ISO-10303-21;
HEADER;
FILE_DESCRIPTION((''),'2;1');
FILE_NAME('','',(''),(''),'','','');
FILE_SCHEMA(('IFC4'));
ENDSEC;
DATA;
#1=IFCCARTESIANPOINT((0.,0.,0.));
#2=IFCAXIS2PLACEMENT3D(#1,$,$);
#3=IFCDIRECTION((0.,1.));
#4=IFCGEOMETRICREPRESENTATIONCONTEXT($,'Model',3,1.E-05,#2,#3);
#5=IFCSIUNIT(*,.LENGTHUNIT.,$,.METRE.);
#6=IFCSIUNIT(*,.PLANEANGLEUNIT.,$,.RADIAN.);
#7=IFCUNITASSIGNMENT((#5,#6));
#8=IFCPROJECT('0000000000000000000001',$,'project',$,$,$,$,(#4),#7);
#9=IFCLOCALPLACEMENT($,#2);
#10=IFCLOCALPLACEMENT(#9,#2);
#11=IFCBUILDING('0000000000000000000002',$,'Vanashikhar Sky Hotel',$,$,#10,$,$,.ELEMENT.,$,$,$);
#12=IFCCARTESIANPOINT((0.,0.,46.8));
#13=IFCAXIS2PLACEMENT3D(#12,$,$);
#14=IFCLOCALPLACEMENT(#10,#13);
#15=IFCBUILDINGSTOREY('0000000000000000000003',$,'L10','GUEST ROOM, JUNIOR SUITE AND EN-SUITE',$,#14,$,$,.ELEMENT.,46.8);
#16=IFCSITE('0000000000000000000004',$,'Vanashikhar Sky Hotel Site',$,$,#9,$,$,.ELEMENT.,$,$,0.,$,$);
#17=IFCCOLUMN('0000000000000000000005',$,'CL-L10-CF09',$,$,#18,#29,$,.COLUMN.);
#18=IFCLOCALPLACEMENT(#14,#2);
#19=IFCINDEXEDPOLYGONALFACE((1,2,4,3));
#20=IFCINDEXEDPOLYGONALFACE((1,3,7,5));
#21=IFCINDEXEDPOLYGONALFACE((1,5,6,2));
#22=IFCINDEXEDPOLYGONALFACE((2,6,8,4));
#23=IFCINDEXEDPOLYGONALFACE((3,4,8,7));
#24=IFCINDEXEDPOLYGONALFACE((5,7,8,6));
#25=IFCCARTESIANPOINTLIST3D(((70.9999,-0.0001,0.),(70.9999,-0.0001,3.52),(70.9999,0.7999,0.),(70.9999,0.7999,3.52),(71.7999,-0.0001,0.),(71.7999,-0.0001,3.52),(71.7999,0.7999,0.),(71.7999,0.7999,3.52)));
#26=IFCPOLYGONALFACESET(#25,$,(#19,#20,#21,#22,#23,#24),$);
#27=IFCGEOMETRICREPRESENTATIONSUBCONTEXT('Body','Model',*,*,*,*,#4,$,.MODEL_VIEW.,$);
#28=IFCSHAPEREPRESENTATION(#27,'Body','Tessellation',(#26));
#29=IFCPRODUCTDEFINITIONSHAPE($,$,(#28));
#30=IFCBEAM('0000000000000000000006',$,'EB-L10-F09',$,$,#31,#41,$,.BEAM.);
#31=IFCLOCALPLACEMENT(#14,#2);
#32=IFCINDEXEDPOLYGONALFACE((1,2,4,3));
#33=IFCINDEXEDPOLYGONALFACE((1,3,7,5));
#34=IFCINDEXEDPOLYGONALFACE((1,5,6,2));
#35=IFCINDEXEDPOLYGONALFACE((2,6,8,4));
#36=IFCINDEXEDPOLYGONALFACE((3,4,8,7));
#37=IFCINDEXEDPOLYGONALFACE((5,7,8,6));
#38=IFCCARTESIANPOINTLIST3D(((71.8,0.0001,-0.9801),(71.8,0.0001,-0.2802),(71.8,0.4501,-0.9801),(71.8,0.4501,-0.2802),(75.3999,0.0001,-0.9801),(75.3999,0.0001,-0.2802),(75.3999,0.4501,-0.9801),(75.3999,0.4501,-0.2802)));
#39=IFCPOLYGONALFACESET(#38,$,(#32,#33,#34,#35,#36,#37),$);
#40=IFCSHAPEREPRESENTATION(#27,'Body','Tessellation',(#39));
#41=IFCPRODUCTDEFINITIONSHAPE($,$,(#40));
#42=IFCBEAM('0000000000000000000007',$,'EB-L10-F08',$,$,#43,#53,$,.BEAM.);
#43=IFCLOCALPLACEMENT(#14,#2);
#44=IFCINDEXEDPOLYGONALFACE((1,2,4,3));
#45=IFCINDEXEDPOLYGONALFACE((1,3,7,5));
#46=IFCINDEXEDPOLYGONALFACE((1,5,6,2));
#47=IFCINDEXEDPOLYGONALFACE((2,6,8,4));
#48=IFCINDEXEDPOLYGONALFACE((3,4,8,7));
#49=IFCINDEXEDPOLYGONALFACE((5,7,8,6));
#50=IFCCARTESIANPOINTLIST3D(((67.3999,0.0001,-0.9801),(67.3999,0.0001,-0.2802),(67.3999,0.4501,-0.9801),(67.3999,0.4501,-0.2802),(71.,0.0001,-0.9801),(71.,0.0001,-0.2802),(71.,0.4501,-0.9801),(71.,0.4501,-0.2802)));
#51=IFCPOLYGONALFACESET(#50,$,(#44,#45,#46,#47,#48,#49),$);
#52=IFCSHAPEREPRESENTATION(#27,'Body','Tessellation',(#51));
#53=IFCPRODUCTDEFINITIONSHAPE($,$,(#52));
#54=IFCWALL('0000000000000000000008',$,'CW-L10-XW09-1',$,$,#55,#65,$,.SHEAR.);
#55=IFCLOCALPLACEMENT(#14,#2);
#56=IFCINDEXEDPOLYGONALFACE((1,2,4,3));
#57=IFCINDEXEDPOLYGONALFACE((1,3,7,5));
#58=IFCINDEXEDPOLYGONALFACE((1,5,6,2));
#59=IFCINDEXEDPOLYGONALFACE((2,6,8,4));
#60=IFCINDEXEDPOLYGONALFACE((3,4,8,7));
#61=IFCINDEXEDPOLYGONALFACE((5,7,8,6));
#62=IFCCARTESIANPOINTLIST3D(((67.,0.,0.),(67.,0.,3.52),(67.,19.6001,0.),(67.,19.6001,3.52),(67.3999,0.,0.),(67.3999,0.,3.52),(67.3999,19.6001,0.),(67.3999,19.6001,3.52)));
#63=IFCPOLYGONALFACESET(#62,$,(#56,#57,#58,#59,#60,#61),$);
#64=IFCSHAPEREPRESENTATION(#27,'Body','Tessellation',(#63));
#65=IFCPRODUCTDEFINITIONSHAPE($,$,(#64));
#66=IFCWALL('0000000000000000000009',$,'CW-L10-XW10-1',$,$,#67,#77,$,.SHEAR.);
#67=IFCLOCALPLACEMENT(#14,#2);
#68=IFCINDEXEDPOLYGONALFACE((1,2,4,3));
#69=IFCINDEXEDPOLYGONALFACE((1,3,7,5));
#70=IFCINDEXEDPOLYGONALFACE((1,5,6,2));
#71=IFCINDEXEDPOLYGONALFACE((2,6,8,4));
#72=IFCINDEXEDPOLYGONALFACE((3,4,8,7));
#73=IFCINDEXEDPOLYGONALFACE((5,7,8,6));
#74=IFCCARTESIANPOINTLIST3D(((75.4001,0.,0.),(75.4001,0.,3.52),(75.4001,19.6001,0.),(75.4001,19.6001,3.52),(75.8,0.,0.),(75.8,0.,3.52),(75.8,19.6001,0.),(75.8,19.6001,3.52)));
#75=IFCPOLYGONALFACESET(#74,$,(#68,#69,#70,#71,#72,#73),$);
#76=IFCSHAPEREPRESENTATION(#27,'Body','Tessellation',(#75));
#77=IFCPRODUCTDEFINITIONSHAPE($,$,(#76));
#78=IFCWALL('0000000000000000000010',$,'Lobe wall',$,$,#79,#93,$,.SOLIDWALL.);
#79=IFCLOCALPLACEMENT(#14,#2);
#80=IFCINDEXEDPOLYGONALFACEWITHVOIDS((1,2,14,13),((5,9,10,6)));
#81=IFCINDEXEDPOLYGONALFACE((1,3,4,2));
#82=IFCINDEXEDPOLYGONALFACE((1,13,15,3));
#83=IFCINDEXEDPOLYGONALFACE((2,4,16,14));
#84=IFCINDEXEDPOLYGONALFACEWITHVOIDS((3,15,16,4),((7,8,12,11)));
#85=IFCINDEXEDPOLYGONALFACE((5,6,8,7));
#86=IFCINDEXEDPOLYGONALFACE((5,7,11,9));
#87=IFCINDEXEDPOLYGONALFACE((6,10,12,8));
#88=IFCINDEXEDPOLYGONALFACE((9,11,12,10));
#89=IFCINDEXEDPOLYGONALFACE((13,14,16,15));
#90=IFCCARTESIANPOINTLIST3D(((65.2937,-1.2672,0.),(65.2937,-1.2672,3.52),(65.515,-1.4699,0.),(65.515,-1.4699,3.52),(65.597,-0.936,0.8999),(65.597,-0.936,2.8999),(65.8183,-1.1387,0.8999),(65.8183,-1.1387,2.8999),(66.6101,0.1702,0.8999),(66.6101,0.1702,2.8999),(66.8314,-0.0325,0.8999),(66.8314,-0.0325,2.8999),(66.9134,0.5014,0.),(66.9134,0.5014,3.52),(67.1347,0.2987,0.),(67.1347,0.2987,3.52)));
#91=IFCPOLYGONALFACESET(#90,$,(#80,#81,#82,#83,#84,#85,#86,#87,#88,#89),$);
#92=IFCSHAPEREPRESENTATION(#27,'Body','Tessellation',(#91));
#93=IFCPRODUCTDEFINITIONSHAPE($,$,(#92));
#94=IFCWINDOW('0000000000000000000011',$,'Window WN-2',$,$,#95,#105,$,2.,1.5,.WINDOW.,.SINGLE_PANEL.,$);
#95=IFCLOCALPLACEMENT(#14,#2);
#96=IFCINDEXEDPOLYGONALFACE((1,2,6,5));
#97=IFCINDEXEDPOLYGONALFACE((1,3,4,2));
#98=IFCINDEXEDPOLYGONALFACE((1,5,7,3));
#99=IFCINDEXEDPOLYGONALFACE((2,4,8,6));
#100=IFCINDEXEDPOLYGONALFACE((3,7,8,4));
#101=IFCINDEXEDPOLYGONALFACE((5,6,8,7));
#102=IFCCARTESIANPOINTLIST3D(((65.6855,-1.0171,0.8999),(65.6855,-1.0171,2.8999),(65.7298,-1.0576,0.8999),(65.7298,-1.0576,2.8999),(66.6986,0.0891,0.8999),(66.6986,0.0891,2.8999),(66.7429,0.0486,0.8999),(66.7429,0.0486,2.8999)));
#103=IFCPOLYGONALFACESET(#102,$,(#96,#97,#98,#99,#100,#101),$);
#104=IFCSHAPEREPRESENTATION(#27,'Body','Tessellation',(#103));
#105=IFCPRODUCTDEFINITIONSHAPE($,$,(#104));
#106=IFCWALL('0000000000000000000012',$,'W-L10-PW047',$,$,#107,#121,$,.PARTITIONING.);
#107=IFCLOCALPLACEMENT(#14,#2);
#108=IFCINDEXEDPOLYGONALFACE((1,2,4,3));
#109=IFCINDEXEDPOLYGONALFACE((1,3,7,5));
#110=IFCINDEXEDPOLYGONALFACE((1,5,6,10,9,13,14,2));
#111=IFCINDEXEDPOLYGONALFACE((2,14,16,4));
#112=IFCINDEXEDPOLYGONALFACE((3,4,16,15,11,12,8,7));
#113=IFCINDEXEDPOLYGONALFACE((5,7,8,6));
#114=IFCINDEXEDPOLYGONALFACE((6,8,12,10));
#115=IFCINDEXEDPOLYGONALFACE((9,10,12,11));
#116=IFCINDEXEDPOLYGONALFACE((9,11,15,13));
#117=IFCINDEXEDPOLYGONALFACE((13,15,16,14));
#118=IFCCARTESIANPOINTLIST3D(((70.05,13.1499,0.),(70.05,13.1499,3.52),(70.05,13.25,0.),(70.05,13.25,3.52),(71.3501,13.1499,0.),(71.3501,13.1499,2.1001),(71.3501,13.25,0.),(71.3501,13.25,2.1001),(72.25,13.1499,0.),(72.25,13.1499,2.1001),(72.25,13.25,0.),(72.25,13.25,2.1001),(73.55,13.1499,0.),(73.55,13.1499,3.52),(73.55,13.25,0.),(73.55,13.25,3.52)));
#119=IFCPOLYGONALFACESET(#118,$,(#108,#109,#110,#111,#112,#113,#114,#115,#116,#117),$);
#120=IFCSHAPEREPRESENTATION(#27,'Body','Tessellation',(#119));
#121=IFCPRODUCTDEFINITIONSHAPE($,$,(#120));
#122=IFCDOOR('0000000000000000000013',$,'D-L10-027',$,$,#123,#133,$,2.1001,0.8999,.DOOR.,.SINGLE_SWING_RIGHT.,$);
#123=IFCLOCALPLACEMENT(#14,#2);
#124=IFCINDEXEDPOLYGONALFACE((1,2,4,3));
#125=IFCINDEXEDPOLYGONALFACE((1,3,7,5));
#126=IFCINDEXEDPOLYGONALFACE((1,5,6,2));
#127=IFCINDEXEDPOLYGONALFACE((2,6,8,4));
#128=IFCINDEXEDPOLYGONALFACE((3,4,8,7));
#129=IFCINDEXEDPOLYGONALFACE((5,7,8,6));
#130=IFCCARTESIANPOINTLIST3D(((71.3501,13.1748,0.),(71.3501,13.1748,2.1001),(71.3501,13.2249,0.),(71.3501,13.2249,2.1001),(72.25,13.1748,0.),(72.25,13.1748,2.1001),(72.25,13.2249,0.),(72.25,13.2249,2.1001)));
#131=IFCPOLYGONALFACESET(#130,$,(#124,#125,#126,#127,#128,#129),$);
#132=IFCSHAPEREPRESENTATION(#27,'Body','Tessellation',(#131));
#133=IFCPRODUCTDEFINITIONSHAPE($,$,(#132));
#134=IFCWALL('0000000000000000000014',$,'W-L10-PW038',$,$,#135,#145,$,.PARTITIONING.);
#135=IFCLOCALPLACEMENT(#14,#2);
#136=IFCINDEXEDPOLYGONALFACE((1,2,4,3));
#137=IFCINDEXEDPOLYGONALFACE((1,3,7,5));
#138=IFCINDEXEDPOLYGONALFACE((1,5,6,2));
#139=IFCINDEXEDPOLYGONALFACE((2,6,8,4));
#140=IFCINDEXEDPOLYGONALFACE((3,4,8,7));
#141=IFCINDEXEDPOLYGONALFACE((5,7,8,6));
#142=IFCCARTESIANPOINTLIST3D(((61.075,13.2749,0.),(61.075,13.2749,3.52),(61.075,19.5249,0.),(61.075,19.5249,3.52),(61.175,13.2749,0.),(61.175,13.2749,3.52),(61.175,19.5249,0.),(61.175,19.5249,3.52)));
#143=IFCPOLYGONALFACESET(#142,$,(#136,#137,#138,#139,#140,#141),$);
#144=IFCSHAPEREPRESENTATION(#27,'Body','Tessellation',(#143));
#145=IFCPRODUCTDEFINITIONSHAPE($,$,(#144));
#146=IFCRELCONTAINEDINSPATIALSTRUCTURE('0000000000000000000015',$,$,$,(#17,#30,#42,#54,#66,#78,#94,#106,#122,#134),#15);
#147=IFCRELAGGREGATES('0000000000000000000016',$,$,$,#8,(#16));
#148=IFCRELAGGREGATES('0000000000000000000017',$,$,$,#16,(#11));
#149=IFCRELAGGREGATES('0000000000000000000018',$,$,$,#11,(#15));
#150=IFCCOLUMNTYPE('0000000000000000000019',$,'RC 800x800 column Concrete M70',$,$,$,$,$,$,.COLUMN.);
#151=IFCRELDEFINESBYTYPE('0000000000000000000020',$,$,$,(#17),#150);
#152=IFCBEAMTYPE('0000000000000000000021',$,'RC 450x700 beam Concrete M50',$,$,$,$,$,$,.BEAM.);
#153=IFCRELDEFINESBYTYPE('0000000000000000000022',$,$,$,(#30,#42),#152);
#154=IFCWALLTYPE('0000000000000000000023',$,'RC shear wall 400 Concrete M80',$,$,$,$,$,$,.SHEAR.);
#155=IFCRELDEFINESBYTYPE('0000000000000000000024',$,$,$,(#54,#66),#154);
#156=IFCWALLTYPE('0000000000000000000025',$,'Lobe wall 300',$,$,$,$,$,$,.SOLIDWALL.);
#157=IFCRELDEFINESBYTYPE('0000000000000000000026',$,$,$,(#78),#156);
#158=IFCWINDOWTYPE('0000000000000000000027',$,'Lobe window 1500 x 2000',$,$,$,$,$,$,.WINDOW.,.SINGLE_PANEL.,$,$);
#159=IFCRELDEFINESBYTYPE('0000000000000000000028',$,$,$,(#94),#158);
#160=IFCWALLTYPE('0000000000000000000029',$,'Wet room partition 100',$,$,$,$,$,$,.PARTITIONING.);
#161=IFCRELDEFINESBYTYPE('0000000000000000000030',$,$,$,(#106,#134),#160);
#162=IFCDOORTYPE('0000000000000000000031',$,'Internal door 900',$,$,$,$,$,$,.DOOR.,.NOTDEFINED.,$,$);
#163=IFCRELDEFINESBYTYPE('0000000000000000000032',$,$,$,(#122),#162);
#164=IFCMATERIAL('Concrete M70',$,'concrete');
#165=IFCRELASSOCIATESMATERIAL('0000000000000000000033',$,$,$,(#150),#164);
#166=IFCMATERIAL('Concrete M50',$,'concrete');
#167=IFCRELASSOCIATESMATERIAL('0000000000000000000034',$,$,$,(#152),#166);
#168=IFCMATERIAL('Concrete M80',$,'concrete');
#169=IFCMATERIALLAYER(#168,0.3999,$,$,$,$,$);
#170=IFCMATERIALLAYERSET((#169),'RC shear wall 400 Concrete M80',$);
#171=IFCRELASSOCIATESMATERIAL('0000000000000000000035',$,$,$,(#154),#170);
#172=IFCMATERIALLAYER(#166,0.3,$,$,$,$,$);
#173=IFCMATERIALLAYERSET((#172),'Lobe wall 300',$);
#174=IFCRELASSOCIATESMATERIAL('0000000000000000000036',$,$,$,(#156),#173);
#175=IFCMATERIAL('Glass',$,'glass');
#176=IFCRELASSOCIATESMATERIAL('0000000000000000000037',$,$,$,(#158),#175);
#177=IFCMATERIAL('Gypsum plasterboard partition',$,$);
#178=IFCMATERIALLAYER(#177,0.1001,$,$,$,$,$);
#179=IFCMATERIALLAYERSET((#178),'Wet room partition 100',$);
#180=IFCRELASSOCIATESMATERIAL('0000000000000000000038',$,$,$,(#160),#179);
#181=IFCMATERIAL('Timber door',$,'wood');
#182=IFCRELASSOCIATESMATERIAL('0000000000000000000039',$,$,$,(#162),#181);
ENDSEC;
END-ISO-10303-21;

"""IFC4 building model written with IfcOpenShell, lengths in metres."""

from ifc_helpers import new_model, si_unit, direction, frame, frame_2d, origin, origin_2d, place, context, subcontext, project, spatial, rectangle, extrude, source, transform, mapped, material, layer, layer_set, material_profile, profile_set, type_object, element, fill, save


model = new_model("IFC4")

# Units and contexts
model_context = context("Model", 3, precision=1e-05, world=origin(), true_north=direction((0.0, 1.0)))
body_context = subcontext(model_context, "Body", "Model", "MODEL_VIEW")
ifc_project = project(units=[si_unit("LENGTHUNIT", "METRE"), si_unit("PLANEANGLEUNIT", "RADIAN")], contexts=[model_context])

# Site, building, storey
site_placement = place(None, origin())
site = spatial("IfcSite", under=ifc_project, at=site_placement, Name="Vanashikhar Sky Hotel Site", CompositionType="ELEMENT", RefElevation=0.0)
building_placement = place(site_placement, origin())
building = spatial("IfcBuilding", under=site, at=building_placement, Name="Vanashikhar Sky Hotel", CompositionType="ELEMENT")
storey_placement = place(building_placement, frame((0.0, 0.0, 46.8)))
storey = spatial("IfcBuildingStorey", under=building, at=storey_placement, Name="L10", Description="GUEST ROOM, JUNIOR SUITE AND EN-SUITE", CompositionType="ELEMENT", Elevation=46.8)

# Column
ifc_material_1 = material(Name="Concrete M70", Category="concrete")
ifc_material_profile_1 = material_profile(ifc_material_1, rectangle(XDim=0.8, YDim=0.8, at=origin_2d()))
ifc_profile_set_1 = profile_set([ifc_material_profile_1], Name="RC 800x800 column Concrete M70")
column_type = type_object("IfcColumnType", Name="RC 800x800 column Concrete M70", PredefinedType="COLUMN", material=ifc_profile_set_1)
shared_shape_1 = source(origin(), body_context, "Body", "SweptSolid", [
    extrude(rectangle(XDim=0.8, YDim=0.8, at=origin_2d()), origin(), (0.0, 0.0, 1.0), 3.52),
])
column_placement = place(storey_placement, frame((71.3999, 0.3999, 0.0), z_axis=(0.0, 0.0, 1.0), x_axis=(1.0, 0.0, 0.0)))
element("IfcColumn", 1, at=column_placement, inside=storey, type_object=column_type, Name="CL-L10-CF09", PredefinedType="COLUMN", context=body_context, shape_type="MappedRepresentation", body=[
    mapped(shared_shape_1, transform((0.0, 0.0, 0.0), scale=1.0)),
])

# Beams
ifc_material_2 = material(Name="Concrete M50", Category="concrete")
ifc_material_profile_2 = material_profile(ifc_material_2, rectangle(XDim=0.45, YDim=0.7, at=origin_2d()))
ifc_profile_set_2 = profile_set([ifc_material_profile_2], Name="RC 450x700 beam Concrete M50")
beam_type = type_object("IfcBeamType", Name="RC 450x700 beam Concrete M50", PredefinedType="BEAM", material=ifc_profile_set_2)
shared_shape_2 = source(origin(), body_context, "Body", "SweptSolid", [
    extrude(rectangle(XDim=0.45, YDim=0.7, at=origin_2d()), origin(), (0.0, 0.0, 1.0), 3.5999),
])
beam_1_placement = place(storey_placement, frame((71.8, 0.2251, -0.6301), z_axis=(1.0, 0.0, 0.0), x_axis=(0.0, 1.0, 0.0)))
element("IfcBeam", 2, at=beam_1_placement, inside=storey, type_object=beam_type, Name="EB-L10-F09", PredefinedType="BEAM", context=body_context, shape_type="MappedRepresentation", body=[
    mapped(shared_shape_2, transform((0.0, 0.0, 0.0), scale=1.0)),
])
shared_shape_3 = source(origin(), body_context, "Body", "SweptSolid", [
    extrude(rectangle(XDim=0.45, YDim=0.7, at=origin_2d()), origin(), (0.0, 0.0, 1.0), 3.6001),
])
beam_2_placement = place(storey_placement, frame((67.3999, 0.2251, -0.6301), z_axis=(1.0, 0.0, 0.0), x_axis=(0.0, 1.0, 0.0)))
element("IfcBeam", 3, at=beam_2_placement, inside=storey, type_object=beam_type, Name="EB-L10-F08", PredefinedType="BEAM", context=body_context, shape_type="MappedRepresentation", body=[
    mapped(shared_shape_3, transform((0.0, 0.0, 0.0), scale=1.0)),
])

# Walls
ifc_material_3 = material(Name="Concrete M80", Category="concrete")
ifc_layer_1 = layer(ifc_material_3, 0.3999)
ifc_layer_set_1 = layer_set([ifc_layer_1], Name="RC shear wall 400 Concrete M80")
wall_type_1 = type_object("IfcWallType", Name="RC shear wall 400 Concrete M80", PredefinedType="SHEAR", material=ifc_layer_set_1)
shared_shape_4 = source(origin(), body_context, "Body", "SweptSolid", [
    extrude(rectangle(XDim=19.6001, YDim=0.3999, at=frame_2d((9.8, 0.0))), origin(), (0.0, 0.0, 1.0), 3.52),
])
for number, where, z_axis, x_axis, name in (
    (4, (67.2, 0.0, 0.0), (0.0, 0.0, 1.0), (0.0, 1.0, 0.0), "CW-L10-XW09-1"),
    (5, (75.6001, 0.0, 0.0), (0.0, 0.0, 1.0), (0.0, 1.0, 0.0), "CW-L10-XW10-1"),
):
    element("IfcWall", number, at=place(storey_placement, frame(where, z_axis=z_axis, x_axis=x_axis)), inside=storey, type_object=wall_type_1, Name=name, PredefinedType="SHEAR", context=body_context, shape_type="MappedRepresentation", body=[
        mapped(shared_shape_4, transform((0.0, 0.0, 0.0), scale=1.0)),
    ])

# Wall, opening, window
ifc_layer_2 = layer(ifc_material_2, 0.3)
ifc_layer_set_2 = layer_set([ifc_layer_2], Name="Lobe wall 300")
wall_type_2 = type_object("IfcWallType", Name="Lobe wall 300", PredefinedType="SOLIDWALL", material=ifc_layer_set_2)
shared_shape_5 = source(origin(), body_context, "Body", "SweptSolid", [
    extrude(rectangle(XDim=2.3982, YDim=0.3, at=frame_2d((1.1992, 0.0))), origin(), (0.0, 0.0, 1.0), 3.52),
])
wall_1_placement = place(storey_placement, frame((65.4043, -1.3687, 0.0), z_axis=(0.0, 0.0, 1.0), x_axis=(0.675374, 0.737475, 0.0)))
wall_1 = element("IfcWall", 6, at=wall_1_placement, inside=storey, type_object=wall_type_2, Name="Lobe wall", PredefinedType="SOLIDWALL", context=body_context, shape_type="MappedRepresentation", body=[
    mapped(shared_shape_5, transform((0.0, 0.0, 0.0), scale=1.0)),
])
shared_shape_6 = source(origin(), body_context, "Body", "SweptSolid", [
    extrude(rectangle(XDim=1.5, YDim=2.0, at=frame_2d((0.75, 1.0))), frame((0.0, 0.1602, 0.0), z_axis=(0.0, -1.0, 0.0), x_axis=(1.0, 0.0, 0.0)), (0.0, 0.0, 1.0), 0.3201),
])
opening_1_placement = place(wall_1_placement, frame((0.4492, 0.0, 0.8999)))
opening_1 = element("IfcOpeningElement", 7, at=opening_1_placement, cuts=wall_1, PredefinedType="OPENING", context=body_context, shape_type="MappedRepresentation", body=[
    mapped(shared_shape_6, transform((0.0, 0.0, 0.0), scale=1.0)),
])
ifc_material_4 = material(Name="Glass", Category="glass")
window_type_1 = type_object("IfcWindowType", Name="Lobe window 1500 x 2000", PartitioningType="SINGLE_PANEL", PredefinedType="WINDOW", material=ifc_material_4)
shared_shape_7 = source(origin(), body_context, "Body", "SweptSolid", [
    extrude(rectangle(XDim=1.5, YDim=2.0, at=frame_2d((0.75, 1.0))), frame((0.0, 0.03, 0.0), z_axis=(0.0, -1.0, 0.0), x_axis=(1.0, 0.0, 0.0)), (0.0, 0.0, 1.0), 0.0601),
])
window_1_placement = place(opening_1_placement, origin())
window_1 = element("IfcWindow", 8, at=window_1_placement, inside=storey, type_object=window_type_1, Name="Window WN-2", OverallHeight=2.0, OverallWidth=1.5, PartitioningType="SINGLE_PANEL", PredefinedType="WINDOW", context=body_context, shape_type="MappedRepresentation", body=[
    mapped(shared_shape_7, transform((0.0, 0.0, 0.0), scale=1.0)),
])
fill(opening_1, window_1)

# Wall, opening, door
ifc_material_5 = material(Name="Gypsum plasterboard partition")
ifc_layer_3 = layer(ifc_material_5, 0.1001)
ifc_layer_set_3 = layer_set([ifc_layer_3], Name="Wet room partition 100")
wall_type_3 = type_object("IfcWallType", Name="Wet room partition 100", PredefinedType="PARTITIONING", material=ifc_layer_set_3)
shared_shape_8 = source(origin(), body_context, "Body", "SweptSolid", [
    extrude(rectangle(XDim=3.5, YDim=0.1001, at=frame_2d((1.75, 0.0))), origin(), (0.0, 0.0, 1.0), 3.52),
])
wall_2_placement = place(storey_placement, frame((70.05, 13.2, 0.0), z_axis=(0.0, 0.0, 1.0), x_axis=(1.0, 0.0, 0.0)))
wall_2 = element("IfcWall", 9, at=wall_2_placement, inside=storey, type_object=wall_type_3, Name="W-L10-PW047", PredefinedType="PARTITIONING", context=body_context, shape_type="MappedRepresentation", body=[
    mapped(shared_shape_8, transform((0.0, 0.0, 0.0), scale=1.0)),
])
shared_shape_9 = source(origin(), body_context, "Body", "SweptSolid", [
    extrude(rectangle(XDim=0.8999, YDim=2.1001, at=frame_2d((0.45, 1.05))), frame((0.0, 0.0601, 0.0), z_axis=(0.0, -1.0, 0.0), x_axis=(1.0, 0.0, 0.0)), (0.0, 0.0, 1.0), 0.1201),
])
opening_2_placement = place(wall_2_placement, frame((1.3, 0.0, 0.0)))
opening_2 = element("IfcOpeningElement", 10, at=opening_2_placement, cuts=wall_2, PredefinedType="OPENING", context=body_context, shape_type="MappedRepresentation", body=[
    mapped(shared_shape_9, transform((0.0, 0.0, 0.0), scale=1.0)),
])
ifc_material_6 = material(Name="Timber door", Category="wood")
door_type_1 = type_object("IfcDoorType", Name="Internal door 900", OperationType="NOTDEFINED", PredefinedType="DOOR", material=ifc_material_6)
shared_shape_10 = source(origin(), body_context, "Body", "SweptSolid", [
    extrude(rectangle(XDim=0.8999, YDim=2.1001, at=frame_2d((0.45, 1.05))), frame((0.0, 0.0249, 0.0), z_axis=(0.0, -1.0, 0.0), x_axis=(1.0, 0.0, 0.0)), (0.0, 0.0, 1.0), 0.05),
])
door_1_placement = place(opening_2_placement, origin())
door_1 = element("IfcDoor", 11, at=door_1_placement, inside=storey, type_object=door_type_1, Name="D-L10-027", OperationType="SINGLE_SWING_RIGHT", OverallHeight=2.1001, OverallWidth=0.8999, PredefinedType="DOOR", context=body_context, shape_type="MappedRepresentation", body=[
    mapped(shared_shape_10, transform((0.0, 0.0, 0.0), scale=1.0)),
])
fill(opening_2, door_1)

# Wall
shared_shape_11 = source(origin(), body_context, "Body", "SweptSolid", [
    extrude(rectangle(XDim=6.25, YDim=0.1001, at=frame_2d((3.125, 0.0))), origin(), (0.0, 0.0, 1.0), 3.52),
])
wall_3_placement = place(storey_placement, frame((61.125, 13.2749, 0.0), z_axis=(0.0, 0.0, 1.0), x_axis=(0.0, 1.0, 0.0)))
element("IfcWall", 12, at=wall_3_placement, inside=storey, type_object=wall_type_3, Name="W-L10-PW038", PredefinedType="PARTITIONING", context=body_context, shape_type="MappedRepresentation", body=[
    mapped(shared_shape_11, transform((0.0, 0.0, 0.0), scale=1.0)),
])

save(model, "model.ifc")
